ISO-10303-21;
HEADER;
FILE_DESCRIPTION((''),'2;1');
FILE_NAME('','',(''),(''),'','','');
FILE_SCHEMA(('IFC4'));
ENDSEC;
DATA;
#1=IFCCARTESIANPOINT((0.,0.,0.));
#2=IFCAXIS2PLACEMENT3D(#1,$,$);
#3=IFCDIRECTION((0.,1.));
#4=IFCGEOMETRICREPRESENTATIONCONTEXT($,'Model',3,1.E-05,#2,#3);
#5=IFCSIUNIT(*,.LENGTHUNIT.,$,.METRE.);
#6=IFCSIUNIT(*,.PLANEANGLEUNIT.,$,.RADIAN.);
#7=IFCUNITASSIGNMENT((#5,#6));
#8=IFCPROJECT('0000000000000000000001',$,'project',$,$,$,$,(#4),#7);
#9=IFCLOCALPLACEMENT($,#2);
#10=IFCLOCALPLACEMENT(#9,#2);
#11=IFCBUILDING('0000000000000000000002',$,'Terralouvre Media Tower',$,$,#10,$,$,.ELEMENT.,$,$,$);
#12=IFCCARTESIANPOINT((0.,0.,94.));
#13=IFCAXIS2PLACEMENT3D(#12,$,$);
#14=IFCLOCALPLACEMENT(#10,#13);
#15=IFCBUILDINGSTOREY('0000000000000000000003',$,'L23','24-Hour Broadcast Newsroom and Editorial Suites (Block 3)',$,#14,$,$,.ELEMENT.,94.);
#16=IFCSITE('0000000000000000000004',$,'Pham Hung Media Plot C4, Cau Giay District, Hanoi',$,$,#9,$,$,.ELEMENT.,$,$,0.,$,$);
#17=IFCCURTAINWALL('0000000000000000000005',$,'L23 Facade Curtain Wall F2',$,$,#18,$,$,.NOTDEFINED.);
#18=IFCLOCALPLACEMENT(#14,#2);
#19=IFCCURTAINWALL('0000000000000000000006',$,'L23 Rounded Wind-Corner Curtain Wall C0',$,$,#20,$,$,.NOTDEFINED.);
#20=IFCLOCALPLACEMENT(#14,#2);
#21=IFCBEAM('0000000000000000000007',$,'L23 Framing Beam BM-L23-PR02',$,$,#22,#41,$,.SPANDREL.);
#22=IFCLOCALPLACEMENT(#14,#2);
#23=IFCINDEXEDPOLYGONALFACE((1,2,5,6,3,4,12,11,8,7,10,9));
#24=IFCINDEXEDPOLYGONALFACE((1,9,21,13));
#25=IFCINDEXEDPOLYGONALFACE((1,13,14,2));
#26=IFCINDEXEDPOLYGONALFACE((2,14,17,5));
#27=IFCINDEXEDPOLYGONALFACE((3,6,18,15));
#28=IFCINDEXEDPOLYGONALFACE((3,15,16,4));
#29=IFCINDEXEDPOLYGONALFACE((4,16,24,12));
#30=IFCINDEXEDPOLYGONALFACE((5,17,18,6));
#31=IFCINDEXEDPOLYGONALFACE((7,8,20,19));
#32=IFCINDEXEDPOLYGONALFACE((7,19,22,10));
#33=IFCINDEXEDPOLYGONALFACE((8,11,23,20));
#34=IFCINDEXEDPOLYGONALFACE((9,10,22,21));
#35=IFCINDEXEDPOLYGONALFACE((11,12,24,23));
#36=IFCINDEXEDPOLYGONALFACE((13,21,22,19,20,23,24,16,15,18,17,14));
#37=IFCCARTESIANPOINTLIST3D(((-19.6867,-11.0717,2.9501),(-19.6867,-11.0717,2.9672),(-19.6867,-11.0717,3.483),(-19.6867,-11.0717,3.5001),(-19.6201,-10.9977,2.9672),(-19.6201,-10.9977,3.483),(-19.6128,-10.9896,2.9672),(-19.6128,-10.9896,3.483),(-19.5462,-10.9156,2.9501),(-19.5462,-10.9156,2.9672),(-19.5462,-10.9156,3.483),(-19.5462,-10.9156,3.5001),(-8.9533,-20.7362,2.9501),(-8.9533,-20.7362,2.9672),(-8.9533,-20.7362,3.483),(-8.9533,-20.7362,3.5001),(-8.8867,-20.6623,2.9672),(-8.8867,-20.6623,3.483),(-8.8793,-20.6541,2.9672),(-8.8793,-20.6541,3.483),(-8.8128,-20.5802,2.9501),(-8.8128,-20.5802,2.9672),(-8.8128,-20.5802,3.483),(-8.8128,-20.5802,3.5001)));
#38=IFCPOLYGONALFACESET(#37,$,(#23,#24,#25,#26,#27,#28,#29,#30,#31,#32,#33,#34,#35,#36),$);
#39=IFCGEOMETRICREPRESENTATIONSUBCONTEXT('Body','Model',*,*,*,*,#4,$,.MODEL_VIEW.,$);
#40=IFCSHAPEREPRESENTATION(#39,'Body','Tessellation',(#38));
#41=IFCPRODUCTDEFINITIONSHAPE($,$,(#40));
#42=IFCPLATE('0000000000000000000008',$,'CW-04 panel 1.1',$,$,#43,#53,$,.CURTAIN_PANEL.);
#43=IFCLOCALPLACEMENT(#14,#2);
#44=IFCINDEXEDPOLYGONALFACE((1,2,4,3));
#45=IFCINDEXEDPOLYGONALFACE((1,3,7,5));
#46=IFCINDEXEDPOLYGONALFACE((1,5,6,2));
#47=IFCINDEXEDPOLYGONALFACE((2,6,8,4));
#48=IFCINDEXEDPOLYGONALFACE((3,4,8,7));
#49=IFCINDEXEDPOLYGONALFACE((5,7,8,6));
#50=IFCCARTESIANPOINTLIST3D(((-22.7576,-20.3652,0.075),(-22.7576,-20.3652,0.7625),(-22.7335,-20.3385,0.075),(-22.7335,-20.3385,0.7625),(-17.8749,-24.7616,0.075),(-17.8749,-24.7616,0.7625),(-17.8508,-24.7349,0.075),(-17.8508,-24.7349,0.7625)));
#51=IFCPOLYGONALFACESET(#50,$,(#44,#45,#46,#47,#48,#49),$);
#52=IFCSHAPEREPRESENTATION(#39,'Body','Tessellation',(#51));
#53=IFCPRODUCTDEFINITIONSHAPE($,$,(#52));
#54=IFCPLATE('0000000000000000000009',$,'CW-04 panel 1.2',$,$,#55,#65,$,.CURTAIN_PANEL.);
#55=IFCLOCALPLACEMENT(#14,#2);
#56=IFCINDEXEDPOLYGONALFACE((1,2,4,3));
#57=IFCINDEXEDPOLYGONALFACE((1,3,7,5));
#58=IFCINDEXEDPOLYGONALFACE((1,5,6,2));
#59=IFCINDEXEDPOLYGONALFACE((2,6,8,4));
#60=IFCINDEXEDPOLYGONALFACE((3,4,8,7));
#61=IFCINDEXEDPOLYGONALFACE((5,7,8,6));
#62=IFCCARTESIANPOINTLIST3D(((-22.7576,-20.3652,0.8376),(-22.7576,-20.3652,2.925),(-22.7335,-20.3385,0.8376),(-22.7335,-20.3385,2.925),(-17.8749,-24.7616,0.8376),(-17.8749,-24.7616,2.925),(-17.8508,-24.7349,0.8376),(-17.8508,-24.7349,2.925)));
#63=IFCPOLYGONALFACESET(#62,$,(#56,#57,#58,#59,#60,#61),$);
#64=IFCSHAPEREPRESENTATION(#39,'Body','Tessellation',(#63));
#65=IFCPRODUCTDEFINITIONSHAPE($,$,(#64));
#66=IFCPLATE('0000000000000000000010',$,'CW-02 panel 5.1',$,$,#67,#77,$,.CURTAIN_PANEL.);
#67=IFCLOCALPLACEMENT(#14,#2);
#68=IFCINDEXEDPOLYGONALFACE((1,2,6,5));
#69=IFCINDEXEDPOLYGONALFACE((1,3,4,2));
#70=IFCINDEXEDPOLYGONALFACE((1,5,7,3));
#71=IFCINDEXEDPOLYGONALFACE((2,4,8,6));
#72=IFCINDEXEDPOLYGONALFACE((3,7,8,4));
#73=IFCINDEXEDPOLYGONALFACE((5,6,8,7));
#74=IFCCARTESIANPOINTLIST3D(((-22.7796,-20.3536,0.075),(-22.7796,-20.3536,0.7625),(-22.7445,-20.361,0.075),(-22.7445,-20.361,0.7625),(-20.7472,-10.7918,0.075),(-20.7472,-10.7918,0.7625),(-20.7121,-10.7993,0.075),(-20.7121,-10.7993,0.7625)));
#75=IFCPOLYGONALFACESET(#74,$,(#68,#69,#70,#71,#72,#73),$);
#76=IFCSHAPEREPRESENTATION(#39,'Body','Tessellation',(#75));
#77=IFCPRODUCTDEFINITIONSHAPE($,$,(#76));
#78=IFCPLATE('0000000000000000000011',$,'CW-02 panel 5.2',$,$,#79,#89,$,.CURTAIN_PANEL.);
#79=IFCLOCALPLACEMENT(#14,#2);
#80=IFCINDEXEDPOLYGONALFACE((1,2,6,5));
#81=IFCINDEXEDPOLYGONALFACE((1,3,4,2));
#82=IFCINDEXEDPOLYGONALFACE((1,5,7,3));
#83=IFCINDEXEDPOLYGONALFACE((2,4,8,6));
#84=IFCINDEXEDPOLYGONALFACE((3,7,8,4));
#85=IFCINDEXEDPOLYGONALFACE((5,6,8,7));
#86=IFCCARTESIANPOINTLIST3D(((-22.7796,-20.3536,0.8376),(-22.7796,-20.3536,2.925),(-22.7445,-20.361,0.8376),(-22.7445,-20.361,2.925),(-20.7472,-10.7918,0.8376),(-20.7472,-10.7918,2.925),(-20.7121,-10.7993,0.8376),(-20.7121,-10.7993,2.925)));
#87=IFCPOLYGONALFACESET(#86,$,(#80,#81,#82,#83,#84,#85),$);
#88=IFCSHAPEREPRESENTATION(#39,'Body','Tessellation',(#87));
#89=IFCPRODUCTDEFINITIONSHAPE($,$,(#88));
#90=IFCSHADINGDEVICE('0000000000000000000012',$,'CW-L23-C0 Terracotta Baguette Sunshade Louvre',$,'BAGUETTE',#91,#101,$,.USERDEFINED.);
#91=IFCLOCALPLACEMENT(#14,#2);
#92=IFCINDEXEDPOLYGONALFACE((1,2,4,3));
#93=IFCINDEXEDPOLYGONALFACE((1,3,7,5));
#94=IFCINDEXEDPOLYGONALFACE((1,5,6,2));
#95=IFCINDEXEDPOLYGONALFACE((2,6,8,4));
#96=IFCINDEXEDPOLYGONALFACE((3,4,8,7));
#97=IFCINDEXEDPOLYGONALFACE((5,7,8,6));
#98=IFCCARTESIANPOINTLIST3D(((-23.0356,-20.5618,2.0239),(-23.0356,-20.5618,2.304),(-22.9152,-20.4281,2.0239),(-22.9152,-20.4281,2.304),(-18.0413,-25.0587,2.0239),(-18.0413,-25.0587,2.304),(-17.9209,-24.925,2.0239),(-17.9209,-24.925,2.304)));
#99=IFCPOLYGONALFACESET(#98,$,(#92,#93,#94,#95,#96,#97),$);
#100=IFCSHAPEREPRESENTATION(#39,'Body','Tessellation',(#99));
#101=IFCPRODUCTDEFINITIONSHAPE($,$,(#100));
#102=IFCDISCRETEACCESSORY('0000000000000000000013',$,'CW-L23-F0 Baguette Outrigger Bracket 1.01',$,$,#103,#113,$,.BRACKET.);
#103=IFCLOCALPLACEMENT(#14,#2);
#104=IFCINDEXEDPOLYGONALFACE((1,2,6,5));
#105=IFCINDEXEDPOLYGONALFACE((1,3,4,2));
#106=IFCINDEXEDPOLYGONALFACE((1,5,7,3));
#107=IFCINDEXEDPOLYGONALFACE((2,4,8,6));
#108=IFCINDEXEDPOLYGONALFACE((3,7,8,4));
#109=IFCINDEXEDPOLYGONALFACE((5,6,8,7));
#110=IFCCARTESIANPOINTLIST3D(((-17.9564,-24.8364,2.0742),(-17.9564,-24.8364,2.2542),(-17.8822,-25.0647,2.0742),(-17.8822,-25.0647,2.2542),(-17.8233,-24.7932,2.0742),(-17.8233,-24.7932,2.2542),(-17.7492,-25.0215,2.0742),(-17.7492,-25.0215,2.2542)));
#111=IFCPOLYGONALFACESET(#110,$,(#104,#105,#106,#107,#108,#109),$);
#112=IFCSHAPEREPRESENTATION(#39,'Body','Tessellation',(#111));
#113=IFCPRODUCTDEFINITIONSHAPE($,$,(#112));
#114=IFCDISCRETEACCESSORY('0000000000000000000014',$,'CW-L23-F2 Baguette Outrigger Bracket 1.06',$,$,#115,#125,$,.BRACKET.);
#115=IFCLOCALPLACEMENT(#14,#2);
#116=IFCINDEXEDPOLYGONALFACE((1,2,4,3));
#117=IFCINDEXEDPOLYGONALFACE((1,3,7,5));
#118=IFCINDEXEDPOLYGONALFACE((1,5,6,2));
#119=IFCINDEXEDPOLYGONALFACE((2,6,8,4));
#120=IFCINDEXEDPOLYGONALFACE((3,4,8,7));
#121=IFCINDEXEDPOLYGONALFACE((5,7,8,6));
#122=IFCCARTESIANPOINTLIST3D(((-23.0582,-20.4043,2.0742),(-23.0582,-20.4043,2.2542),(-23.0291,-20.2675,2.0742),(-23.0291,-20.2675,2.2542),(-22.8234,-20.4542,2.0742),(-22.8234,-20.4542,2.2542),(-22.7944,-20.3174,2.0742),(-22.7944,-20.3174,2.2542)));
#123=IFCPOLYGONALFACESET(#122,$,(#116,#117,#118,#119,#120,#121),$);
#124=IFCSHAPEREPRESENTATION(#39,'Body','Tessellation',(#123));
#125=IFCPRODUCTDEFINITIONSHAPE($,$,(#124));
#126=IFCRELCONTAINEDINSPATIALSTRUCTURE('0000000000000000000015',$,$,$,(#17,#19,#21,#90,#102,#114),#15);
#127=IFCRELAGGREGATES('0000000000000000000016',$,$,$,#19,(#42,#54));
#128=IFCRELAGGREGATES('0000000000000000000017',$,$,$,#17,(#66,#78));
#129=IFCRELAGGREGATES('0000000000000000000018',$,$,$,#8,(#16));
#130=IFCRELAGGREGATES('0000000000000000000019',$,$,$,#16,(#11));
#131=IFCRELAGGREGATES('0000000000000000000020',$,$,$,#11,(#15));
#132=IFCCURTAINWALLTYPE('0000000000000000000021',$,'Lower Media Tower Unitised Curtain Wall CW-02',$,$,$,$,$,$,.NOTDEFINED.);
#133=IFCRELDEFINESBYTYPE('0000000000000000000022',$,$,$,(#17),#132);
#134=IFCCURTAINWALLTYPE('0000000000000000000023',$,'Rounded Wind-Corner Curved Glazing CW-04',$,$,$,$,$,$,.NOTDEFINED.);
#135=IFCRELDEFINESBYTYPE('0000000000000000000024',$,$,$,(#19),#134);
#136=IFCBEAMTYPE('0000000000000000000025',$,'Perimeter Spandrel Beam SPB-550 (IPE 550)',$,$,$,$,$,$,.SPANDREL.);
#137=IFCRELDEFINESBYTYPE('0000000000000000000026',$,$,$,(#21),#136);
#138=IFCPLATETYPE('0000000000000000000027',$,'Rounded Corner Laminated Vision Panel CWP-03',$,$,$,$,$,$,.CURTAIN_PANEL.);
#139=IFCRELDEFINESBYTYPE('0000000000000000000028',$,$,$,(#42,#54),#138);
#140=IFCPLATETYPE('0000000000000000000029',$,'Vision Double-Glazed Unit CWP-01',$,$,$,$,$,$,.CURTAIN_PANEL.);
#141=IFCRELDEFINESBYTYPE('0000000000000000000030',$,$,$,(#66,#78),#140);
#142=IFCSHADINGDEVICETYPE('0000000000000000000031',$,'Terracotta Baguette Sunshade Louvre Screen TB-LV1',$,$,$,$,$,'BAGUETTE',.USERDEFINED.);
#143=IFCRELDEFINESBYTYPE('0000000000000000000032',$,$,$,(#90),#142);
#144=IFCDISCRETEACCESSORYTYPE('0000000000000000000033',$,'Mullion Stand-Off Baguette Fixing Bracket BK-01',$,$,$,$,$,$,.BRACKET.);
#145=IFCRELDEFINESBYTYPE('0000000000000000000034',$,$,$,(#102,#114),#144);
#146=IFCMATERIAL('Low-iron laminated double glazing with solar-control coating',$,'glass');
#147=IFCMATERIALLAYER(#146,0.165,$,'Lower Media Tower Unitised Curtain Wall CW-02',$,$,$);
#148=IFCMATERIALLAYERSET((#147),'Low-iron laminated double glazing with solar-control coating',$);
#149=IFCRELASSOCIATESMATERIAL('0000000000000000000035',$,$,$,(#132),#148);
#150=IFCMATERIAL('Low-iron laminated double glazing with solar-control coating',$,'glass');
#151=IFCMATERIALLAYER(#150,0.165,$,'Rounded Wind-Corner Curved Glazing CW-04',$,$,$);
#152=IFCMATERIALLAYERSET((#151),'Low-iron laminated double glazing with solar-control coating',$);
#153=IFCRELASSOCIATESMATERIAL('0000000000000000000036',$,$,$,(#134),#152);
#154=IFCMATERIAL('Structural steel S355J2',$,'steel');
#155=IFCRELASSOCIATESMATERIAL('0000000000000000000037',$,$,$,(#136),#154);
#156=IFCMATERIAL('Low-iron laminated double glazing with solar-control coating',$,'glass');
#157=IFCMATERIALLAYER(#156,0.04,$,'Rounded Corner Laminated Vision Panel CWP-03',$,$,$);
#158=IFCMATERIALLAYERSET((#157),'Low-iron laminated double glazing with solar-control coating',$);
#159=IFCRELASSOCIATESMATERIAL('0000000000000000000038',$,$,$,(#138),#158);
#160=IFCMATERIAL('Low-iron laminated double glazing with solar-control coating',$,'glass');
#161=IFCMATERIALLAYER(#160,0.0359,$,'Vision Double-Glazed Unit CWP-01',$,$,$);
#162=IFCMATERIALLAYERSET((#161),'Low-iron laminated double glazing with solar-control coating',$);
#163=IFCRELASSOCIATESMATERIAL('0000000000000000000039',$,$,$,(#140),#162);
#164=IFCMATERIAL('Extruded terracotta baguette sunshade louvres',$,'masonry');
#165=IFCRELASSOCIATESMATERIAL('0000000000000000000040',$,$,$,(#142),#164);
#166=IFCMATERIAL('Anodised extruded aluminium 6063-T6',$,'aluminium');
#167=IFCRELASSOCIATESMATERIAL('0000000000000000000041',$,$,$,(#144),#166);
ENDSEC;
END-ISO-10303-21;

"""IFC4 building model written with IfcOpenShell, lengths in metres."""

from ifc_helpers import new_model, si_unit, direction, frame, origin, origin_2d, place, context, subcontext, project, spatial, rectangle, i_section, extrude, material, layer, layer_set, material_profile, profile_set, type_object, element, aggregate, save


model = new_model("IFC4")

# Units and contexts
model_context = context("Model", 3, precision=1e-05, world=origin(), true_north=direction((0.0, 1.0)))
body_context = subcontext(model_context, "Body", "Model", "MODEL_VIEW")
ifc_project = project(units=[si_unit("LENGTHUNIT", "METRE"), si_unit("PLANEANGLEUNIT", "RADIAN")], contexts=[model_context])

# Site, building, storey
site_placement = place(None, origin())
site = spatial("IfcSite", under=ifc_project, at=site_placement, Name="Pham Hung Media Plot C4, Cau Giay District, Hanoi", CompositionType="ELEMENT", RefElevation=0.0)
building_placement = place(site_placement, origin())
building = spatial("IfcBuilding", under=site, at=building_placement, Name="Terralouvre Media Tower", CompositionType="ELEMENT")
storey_placement = place(building_placement, frame((0.0, 0.0, 94.0)))
storey = spatial("IfcBuildingStorey", under=building, at=storey_placement, Name="L23", Description="24-Hour Broadcast Newsroom and Editorial Suites (Block 3)", CompositionType="ELEMENT", Elevation=94.0)

# Curtain walls
ifc_material_1 = material(Name="Low-iron laminated double glazing with solar-control coating", Category="glass")
ifc_layer_1 = layer(ifc_material_1, 0.165, Name="Lower Media Tower Unitised Curtain Wall CW-02")
ifc_layer_set_1 = layer_set([ifc_layer_1], Name="Low-iron laminated double glazing with solar-control coating")
curtain_wall_type_1 = type_object("IfcCurtainWallType", Name="Lower Media Tower Unitised Curtain Wall CW-02", PredefinedType="NOTDEFINED", material=ifc_layer_set_1)
curtain_wall_1_placement = place(storey_placement, origin())
curtain_wall_1 = element("IfcCurtainWall", 1, at=curtain_wall_1_placement, inside=storey, type_object=curtain_wall_type_1, Name="L23 Facade Curtain Wall F2", PredefinedType="NOTDEFINED")
ifc_material_2 = material(Name="Low-iron laminated double glazing with solar-control coating", Category="glass")
ifc_layer_2 = layer(ifc_material_2, 0.165, Name="Rounded Wind-Corner Curved Glazing CW-04")
ifc_layer_set_2 = layer_set([ifc_layer_2], Name="Low-iron laminated double glazing with solar-control coating")
curtain_wall_type_2 = type_object("IfcCurtainWallType", Name="Rounded Wind-Corner Curved Glazing CW-04", PredefinedType="NOTDEFINED", material=ifc_layer_set_2)
curtain_wall_2_placement = place(storey_placement, origin())
curtain_wall_2 = element("IfcCurtainWall", 2, at=curtain_wall_2_placement, inside=storey, type_object=curtain_wall_type_2, Name="L23 Rounded Wind-Corner Curtain Wall C0", PredefinedType="NOTDEFINED")

# Beam
ifc_material_3 = material(Name="Structural steel S355J2", Category="steel")
ifc_material_profile_1 = material_profile(ifc_material_3, i_section(OverallWidth=0.21, OverallDepth=0.55, WebThickness=0.011, FlangeThickness=0.0171, at=origin_2d()), Name="IPE 550")
ifc_profile_set_1 = profile_set([ifc_material_profile_1], Name="Structural steel S355J2")
beam_type = type_object("IfcBeamType", Name="Perimeter Spandrel Beam SPB-550 (IPE 550)", PredefinedType="SPANDREL", material=ifc_profile_set_1)
beam_placement = place(storey_placement, frame((-19.6165, -10.9937, 3.2251), z_axis=(0.743139, -0.669137, 0.0), x_axis=(0.669137, 0.743139, 0.0)))
element("IfcBeam", 3, at=beam_placement, inside=storey, type_object=beam_type, Name="L23 Framing Beam BM-L23-PR02", PredefinedType="SPANDREL", context=body_context, shape_type="SweptSolid", body=[
    extrude(i_section(OverallWidth=0.21, OverallDepth=0.55, WebThickness=0.011, FlangeThickness=0.0171, at=origin_2d()), origin(), (0.0, 0.0, 1.0), 14.4434),
])

# Plates
ifc_material_4 = material(Name="Low-iron laminated double glazing with solar-control coating", Category="glass")
ifc_layer_3 = layer(ifc_material_4, 0.04, Name="Rounded Corner Laminated Vision Panel CWP-03")
ifc_layer_set_3 = layer_set([ifc_layer_3], Name="Low-iron laminated double glazing with solar-control coating")
plate_type_1 = type_object("IfcPlateType", Name="Rounded Corner Laminated Vision Panel CWP-03", PredefinedType="CURTAIN_PANEL", material=ifc_layer_set_3)
plate_1_placement = place(storey_placement, frame((-20.3042, -22.55, 0.075), z_axis=(0.0, 0.0, 1.0), x_axis=(0.743145, -0.669131, 0.0)))
plate_1 = element("IfcPlate", 4, at=plate_1_placement, type_object=plate_type_1, Name="CW-04 panel 1.1", PredefinedType="CURTAIN_PANEL", context=body_context, shape_type="SweptSolid", body=[
    extrude(rectangle(XDim=6.5703, YDim=0.0359, at=origin_2d()), origin(), (0.0, 0.0, 1.0), 0.6875),
])
plate_2_placement = place(storey_placement, frame((-20.3042, -22.55, 0.8376), z_axis=(0.0, 0.0, 1.0), x_axis=(0.743145, -0.669131, 0.0)))
plate_2 = element("IfcPlate", 5, at=plate_2_placement, type_object=plate_type_1, Name="CW-04 panel 1.2", PredefinedType="CURTAIN_PANEL", context=body_context, shape_type="SweptSolid", body=[
    extrude(rectangle(XDim=6.5703, YDim=0.0359, at=origin_2d()), origin(), (0.0, 0.0, 1.0), 2.0874),
])
aggregate(curtain_wall_2, [plate_1, plate_2])
ifc_material_5 = material(Name="Low-iron laminated double glazing with solar-control coating", Category="glass")
ifc_layer_4 = layer(ifc_material_5, 0.0359, Name="Vision Double-Glazed Unit CWP-01")
ifc_layer_set_4 = layer_set([ifc_layer_4], Name="Low-iron laminated double glazing with solar-control coating")
plate_type_2 = type_object("IfcPlateType", Name="Vision Double-Glazed Unit CWP-01", PredefinedType="CURTAIN_PANEL", material=ifc_layer_set_4)
plate_3_placement = place(storey_placement, frame((-21.7458, -15.5764, 0.075), z_axis=(0.0, 0.0, 1.0), x_axis=(-0.207912, -0.978148, 0.0)))
plate_3 = element("IfcPlate", 6, at=plate_3_placement, type_object=plate_type_2, Name="CW-02 panel 5.1", PredefinedType="CURTAIN_PANEL", context=body_context, shape_type="SweptSolid", body=[
    extrude(rectangle(XDim=9.7754, YDim=0.0359, at=origin_2d()), origin(), (0.0, 0.0, 1.0), 0.6875),
])
plate_4_placement = place(storey_placement, frame((-21.7458, -15.5764, 0.8376), z_axis=(0.0, 0.0, 1.0), x_axis=(-0.207912, -0.978148, 0.0)))
plate_4 = element("IfcPlate", 7, at=plate_4_placement, type_object=plate_type_2, Name="CW-02 panel 5.2", PredefinedType="CURTAIN_PANEL", context=body_context, shape_type="SweptSolid", body=[
    extrude(rectangle(XDim=9.7754, YDim=0.0359, at=origin_2d()), origin(), (0.0, 0.0, 1.0), 2.0874),
])
aggregate(curtain_wall_1, [plate_3, plate_4])

# Shading device
ifc_material_6 = material(Name="Extruded terracotta baguette sunshade louvres", Category="masonry")
shading_device_type = type_object("IfcShadingDeviceType", Name="Terracotta Baguette Sunshade Louvre Screen TB-LV1", ElementType="BAGUETTE", PredefinedType="USERDEFINED", material=ifc_material_6)
shading_device_placement = place(storey_placement, frame((-20.4783, -22.7434, 2.0239), z_axis=(0.0, 0.0, 1.0), x_axis=(0.743145, -0.669131, 0.0)))
element("IfcShadingDevice", 8, at=shading_device_placement, inside=storey, type_object=shading_device_type, Name="CW-L23-C0 Terracotta Baguette Sunshade Louvre", ObjectType="BAGUETTE", PredefinedType="USERDEFINED", context=body_context, shape_type="SweptSolid", body=[
    extrude(rectangle(XDim=6.7205, YDim=0.1799, at=origin_2d()), origin(), (0.0, 0.0, 1.0), 0.28),
])

# Discrete accessories
ifc_material_7 = material(Name="Anodised extruded aluminium 6063-T6", Category="aluminium")
discrete_accessory_type = type_object("IfcDiscreteAccessoryType", Name="Mullion Stand-Off Baguette Fixing Bracket BK-01", PredefinedType="BRACKET", material=ifc_material_7)
for number, where, z_axis, x_axis, name in (
    (9, (-17.8528, -24.929, 2.0742), (0.0, 0.0, 1.0), (0.951057, 0.309017, 0.0), "CW-L23-F0 Baguette Outrigger Bracket 1.01"),
    (10, (-22.9263, -20.3608, 2.0742), (0.0, 0.0, 1.0), (-0.207912, -0.978148, 0.0), "CW-L23-F2 Baguette Outrigger Bracket 1.06"),
):
    element("IfcDiscreteAccessory", number, at=place(storey_placement, frame(where, z_axis=z_axis, x_axis=x_axis)), inside=storey, type_object=discrete_accessory_type, Name=name, PredefinedType="BRACKET", context=body_context, shape_type="SweptSolid", body=[
        extrude(rectangle(XDim=0.1399, YDim=0.24, at=origin_2d()), origin(), (0.0, 0.0, 1.0), 0.1799),
    ])

save(model, "model.ifc")
